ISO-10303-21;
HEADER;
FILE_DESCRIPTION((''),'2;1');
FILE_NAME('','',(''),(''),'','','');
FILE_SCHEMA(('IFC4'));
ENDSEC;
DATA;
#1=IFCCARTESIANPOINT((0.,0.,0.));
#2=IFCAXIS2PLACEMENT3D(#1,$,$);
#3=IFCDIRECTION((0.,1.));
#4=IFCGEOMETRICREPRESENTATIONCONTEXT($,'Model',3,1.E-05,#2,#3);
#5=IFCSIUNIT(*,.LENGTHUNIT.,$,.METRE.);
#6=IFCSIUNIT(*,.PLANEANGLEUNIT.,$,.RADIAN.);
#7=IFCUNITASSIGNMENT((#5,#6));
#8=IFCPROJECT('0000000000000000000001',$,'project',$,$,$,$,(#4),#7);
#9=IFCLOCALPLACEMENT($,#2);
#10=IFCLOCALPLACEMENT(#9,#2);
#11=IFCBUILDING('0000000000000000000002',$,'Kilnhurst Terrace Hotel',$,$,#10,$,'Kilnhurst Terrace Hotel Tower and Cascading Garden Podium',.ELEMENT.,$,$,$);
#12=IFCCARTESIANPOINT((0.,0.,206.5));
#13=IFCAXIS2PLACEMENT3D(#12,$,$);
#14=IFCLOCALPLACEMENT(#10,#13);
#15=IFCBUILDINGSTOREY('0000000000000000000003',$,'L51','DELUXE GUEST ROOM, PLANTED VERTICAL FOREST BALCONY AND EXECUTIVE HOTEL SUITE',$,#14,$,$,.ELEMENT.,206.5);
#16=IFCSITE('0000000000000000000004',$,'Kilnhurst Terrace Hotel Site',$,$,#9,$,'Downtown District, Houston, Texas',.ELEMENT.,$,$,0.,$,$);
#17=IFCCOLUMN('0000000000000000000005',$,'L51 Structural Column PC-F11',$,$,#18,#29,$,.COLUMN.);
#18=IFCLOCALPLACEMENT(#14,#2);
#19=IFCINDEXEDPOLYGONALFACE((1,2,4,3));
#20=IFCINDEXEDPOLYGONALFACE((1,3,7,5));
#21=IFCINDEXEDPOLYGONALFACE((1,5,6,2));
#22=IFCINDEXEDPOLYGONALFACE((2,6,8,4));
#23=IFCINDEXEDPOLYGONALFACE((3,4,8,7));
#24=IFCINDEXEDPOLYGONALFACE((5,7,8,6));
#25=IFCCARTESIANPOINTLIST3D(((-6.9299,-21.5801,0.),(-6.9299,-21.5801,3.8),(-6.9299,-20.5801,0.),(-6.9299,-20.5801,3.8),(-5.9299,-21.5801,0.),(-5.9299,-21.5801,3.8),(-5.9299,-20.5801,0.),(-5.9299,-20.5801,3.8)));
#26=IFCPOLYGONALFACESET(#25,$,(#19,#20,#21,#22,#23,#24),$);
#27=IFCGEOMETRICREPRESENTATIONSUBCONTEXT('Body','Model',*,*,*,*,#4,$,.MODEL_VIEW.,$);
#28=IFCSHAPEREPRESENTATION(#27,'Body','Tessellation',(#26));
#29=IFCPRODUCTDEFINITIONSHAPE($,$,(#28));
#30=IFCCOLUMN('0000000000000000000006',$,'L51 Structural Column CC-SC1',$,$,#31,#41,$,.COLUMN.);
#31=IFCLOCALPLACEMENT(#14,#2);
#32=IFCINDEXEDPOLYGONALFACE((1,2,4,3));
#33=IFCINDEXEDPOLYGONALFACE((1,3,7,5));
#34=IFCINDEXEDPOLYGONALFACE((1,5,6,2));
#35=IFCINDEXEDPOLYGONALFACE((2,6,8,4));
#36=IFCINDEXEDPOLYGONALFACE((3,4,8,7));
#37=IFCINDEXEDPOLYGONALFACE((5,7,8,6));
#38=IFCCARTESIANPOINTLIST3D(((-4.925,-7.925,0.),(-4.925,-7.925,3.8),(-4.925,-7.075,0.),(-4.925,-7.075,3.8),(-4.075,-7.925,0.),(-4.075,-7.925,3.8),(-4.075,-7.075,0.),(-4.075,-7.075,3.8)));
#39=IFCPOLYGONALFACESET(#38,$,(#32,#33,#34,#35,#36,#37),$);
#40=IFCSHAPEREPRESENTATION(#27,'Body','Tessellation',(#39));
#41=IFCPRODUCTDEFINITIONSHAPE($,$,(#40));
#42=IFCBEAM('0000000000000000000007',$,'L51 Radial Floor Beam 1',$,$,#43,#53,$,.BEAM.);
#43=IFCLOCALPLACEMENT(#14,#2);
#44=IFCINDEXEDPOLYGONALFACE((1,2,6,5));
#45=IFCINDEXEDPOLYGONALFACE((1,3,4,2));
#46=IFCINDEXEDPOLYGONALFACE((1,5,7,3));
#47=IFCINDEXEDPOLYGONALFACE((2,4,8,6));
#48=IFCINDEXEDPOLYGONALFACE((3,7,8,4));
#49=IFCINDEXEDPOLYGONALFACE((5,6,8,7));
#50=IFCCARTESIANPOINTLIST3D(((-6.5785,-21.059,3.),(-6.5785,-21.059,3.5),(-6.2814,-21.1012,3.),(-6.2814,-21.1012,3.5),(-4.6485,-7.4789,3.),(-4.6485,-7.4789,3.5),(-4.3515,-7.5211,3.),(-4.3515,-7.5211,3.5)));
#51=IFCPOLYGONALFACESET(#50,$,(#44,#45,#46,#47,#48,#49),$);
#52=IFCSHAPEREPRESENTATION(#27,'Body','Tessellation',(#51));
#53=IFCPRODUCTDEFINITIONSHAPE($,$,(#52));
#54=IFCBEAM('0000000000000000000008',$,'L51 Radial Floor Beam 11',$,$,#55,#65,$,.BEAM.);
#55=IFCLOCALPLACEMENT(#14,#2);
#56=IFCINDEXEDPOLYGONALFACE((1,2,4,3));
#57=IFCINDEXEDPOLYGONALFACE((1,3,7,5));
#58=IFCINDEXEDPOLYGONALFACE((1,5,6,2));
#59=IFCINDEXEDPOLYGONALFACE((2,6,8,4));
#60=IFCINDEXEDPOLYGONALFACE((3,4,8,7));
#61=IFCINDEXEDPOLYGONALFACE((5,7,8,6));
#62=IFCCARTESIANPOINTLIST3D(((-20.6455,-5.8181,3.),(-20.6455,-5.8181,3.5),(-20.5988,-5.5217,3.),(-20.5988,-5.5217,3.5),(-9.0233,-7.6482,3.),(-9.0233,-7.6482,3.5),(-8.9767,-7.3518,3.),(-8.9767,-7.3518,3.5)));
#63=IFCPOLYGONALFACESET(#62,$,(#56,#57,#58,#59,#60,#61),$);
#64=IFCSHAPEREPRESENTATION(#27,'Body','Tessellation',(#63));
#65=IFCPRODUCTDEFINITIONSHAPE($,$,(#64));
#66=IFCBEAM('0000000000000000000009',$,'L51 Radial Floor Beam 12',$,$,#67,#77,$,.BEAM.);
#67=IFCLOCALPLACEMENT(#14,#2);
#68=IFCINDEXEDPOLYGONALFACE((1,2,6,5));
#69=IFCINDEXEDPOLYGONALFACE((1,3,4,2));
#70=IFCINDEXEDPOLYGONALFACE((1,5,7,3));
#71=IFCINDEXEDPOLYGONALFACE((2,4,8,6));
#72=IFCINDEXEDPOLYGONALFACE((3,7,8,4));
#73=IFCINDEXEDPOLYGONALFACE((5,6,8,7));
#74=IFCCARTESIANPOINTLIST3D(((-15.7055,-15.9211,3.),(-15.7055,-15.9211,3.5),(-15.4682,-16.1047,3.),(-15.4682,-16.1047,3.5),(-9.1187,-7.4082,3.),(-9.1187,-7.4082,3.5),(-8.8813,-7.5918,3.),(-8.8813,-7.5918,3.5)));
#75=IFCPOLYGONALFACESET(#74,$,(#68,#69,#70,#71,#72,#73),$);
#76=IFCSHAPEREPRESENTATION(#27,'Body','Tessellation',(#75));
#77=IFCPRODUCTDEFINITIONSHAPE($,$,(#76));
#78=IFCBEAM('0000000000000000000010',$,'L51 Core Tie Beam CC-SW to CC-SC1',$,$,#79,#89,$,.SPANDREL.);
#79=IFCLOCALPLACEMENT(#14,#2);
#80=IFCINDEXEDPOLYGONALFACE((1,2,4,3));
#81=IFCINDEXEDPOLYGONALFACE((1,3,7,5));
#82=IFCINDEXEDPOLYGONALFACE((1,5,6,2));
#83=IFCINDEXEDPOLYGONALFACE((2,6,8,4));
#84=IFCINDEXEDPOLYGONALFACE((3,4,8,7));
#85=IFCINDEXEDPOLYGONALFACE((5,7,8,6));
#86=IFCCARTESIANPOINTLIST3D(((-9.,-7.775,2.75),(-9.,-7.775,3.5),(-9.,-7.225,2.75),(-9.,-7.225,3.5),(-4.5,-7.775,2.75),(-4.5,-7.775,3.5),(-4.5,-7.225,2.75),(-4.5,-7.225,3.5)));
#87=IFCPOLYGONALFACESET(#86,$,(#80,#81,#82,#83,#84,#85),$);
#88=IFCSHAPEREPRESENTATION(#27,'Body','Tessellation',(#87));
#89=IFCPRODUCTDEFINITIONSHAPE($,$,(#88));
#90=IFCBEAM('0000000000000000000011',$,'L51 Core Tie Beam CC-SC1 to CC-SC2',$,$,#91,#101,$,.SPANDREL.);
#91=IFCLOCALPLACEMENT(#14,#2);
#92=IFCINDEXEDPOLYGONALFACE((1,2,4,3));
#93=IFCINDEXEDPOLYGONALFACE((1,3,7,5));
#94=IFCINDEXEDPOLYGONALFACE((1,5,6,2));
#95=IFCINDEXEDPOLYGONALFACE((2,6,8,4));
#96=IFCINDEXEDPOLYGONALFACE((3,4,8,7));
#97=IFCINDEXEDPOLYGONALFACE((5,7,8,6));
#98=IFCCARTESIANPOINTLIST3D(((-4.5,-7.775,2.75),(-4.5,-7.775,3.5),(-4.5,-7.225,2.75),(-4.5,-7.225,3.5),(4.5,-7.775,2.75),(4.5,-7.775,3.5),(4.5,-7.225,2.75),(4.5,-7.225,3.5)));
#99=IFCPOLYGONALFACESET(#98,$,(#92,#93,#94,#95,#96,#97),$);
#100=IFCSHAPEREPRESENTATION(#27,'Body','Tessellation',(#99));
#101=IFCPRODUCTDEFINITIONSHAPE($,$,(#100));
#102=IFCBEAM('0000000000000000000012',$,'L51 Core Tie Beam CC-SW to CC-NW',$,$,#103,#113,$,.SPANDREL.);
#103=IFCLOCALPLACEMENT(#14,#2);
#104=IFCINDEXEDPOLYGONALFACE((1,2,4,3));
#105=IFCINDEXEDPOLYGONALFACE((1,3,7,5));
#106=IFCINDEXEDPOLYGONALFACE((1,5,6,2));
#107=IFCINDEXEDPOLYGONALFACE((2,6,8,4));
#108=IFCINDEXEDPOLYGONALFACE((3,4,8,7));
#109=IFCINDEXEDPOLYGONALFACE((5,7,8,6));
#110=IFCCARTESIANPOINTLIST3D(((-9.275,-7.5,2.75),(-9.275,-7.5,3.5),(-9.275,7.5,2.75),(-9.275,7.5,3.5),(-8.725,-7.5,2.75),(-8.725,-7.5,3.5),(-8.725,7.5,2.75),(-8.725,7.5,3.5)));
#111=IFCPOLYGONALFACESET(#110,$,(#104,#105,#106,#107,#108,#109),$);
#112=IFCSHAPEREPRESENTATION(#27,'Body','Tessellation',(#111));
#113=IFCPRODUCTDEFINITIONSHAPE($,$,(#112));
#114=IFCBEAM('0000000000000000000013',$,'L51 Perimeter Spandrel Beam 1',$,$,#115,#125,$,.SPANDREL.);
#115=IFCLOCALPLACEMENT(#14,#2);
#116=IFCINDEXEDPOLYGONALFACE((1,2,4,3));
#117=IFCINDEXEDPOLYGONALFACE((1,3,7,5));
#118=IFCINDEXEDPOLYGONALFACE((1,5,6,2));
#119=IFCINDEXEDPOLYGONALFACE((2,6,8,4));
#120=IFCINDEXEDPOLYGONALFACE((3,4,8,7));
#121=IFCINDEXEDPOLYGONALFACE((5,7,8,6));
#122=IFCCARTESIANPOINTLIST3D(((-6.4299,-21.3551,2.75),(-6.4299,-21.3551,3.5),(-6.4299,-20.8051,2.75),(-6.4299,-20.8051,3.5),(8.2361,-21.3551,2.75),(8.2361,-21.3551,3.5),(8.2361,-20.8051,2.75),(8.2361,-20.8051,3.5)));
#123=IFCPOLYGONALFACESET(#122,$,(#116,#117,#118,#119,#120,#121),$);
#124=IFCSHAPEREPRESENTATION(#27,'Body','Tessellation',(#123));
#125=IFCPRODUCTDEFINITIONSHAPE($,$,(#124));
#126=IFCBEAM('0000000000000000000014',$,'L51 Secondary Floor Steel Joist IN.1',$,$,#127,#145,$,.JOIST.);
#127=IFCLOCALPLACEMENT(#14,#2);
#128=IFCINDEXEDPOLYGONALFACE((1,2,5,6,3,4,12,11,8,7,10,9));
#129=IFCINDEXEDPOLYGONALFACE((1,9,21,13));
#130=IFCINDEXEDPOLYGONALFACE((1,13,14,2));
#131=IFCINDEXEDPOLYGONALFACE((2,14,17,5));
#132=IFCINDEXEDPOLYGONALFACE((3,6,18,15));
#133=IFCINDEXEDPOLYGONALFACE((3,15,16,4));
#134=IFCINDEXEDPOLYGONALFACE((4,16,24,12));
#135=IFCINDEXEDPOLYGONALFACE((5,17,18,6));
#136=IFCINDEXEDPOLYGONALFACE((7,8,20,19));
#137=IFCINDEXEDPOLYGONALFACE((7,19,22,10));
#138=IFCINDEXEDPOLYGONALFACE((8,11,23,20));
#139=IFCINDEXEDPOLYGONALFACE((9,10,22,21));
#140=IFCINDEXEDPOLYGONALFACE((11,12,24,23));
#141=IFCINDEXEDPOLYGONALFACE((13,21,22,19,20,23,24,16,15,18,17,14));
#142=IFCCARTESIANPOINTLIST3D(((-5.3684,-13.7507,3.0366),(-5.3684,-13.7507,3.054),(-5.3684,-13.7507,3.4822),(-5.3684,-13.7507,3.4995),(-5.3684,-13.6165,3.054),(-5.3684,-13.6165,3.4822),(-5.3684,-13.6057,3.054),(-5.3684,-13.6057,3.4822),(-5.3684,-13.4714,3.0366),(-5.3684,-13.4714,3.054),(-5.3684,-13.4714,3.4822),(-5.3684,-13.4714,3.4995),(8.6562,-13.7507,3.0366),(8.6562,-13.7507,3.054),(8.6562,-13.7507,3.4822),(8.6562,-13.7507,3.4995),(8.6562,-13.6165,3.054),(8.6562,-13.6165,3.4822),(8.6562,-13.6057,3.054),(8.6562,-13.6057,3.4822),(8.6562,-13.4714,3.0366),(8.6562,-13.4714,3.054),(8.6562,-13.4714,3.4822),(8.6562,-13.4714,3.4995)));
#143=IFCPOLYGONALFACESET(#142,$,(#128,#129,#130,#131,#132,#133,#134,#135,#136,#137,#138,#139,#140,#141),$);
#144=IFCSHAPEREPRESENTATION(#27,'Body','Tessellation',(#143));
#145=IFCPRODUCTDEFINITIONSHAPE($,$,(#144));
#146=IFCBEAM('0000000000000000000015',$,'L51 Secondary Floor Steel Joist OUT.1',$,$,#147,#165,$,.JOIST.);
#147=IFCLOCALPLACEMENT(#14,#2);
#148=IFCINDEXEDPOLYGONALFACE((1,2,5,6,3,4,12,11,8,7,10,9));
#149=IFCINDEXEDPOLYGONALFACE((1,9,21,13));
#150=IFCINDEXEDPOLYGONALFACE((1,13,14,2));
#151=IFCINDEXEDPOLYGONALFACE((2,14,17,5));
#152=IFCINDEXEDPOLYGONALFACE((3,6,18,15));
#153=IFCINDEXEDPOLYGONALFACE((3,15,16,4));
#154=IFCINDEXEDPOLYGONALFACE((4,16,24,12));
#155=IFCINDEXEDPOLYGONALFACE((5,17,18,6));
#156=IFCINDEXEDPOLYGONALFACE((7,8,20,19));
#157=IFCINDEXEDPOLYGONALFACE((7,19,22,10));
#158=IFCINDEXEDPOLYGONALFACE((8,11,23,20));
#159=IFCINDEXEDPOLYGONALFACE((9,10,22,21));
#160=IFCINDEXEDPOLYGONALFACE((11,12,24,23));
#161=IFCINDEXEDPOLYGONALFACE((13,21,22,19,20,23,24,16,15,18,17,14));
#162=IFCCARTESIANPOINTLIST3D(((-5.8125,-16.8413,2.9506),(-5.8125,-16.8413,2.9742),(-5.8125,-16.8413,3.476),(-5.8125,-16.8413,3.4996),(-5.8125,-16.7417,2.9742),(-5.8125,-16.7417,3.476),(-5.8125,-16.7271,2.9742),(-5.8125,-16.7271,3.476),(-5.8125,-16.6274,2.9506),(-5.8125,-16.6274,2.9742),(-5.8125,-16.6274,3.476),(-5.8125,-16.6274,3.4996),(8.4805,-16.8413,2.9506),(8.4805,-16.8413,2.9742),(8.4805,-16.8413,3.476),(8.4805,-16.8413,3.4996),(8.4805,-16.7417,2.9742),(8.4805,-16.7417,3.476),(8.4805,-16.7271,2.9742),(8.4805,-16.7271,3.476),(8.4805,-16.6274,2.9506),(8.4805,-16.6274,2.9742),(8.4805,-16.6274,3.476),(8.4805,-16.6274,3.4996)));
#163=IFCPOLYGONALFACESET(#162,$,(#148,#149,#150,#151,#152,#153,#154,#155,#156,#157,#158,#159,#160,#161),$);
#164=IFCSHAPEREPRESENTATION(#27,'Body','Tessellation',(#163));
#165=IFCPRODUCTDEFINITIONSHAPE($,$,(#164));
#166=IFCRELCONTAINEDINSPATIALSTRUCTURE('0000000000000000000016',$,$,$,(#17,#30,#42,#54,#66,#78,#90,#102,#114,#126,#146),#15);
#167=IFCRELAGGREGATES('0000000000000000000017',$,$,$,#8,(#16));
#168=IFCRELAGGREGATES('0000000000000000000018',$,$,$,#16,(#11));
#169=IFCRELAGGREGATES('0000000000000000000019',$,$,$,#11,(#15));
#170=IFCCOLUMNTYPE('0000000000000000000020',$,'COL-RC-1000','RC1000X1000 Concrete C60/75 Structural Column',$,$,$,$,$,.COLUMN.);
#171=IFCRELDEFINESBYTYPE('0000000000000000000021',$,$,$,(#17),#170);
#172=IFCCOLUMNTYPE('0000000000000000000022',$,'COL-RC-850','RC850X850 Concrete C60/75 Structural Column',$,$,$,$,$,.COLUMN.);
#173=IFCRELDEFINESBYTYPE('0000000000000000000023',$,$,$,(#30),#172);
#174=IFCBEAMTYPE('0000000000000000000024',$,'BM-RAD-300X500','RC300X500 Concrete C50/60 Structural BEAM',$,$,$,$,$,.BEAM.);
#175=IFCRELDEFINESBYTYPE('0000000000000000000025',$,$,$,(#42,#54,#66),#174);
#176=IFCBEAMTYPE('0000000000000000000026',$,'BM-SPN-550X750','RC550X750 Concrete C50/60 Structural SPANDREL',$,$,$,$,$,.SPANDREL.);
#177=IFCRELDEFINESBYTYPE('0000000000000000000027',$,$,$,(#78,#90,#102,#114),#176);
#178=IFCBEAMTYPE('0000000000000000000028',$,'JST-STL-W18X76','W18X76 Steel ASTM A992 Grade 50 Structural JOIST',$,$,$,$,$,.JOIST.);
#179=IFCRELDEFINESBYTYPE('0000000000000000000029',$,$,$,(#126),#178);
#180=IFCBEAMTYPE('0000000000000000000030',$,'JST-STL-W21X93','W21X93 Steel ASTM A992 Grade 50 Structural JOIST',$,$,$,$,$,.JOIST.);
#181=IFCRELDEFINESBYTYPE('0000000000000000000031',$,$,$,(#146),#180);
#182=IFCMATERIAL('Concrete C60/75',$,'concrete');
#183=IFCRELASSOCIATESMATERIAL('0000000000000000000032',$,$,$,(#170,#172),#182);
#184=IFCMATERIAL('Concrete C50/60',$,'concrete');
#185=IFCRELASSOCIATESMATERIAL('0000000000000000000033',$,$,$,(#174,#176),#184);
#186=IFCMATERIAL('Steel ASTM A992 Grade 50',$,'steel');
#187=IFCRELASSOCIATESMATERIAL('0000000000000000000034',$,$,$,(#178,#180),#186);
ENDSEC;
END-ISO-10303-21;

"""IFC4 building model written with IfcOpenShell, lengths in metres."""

from ifc_helpers import new_model, si_unit, direction, frame, origin, origin_2d, place, context, subcontext, project, spatial, rectangle, i_section, extrude, material, material_profile, profile_set, type_object, element, save


model = new_model("IFC4")

# Units and contexts
model_context = context("Model", 3, precision=1e-05, world=origin(), true_north=direction((0.0, 1.0)))
body_context = subcontext(model_context, "Body", "Model", "MODEL_VIEW")
ifc_project = project(units=[si_unit("LENGTHUNIT", "METRE"), si_unit("PLANEANGLEUNIT", "RADIAN")], contexts=[model_context])

# Site, building, storey
site_placement = place(None, origin())
site = spatial("IfcSite", under=ifc_project, at=site_placement, Name="Kilnhurst Terrace Hotel Site", LongName="Downtown District, Houston, Texas", CompositionType="ELEMENT", RefElevation=0.0)
building_placement = place(site_placement, origin())
building = spatial("IfcBuilding", under=site, at=building_placement, Name="Kilnhurst Terrace Hotel", LongName="Kilnhurst Terrace Hotel Tower and Cascading Garden Podium", CompositionType="ELEMENT")
storey_placement = place(building_placement, frame((0.0, 0.0, 206.5)))
storey = spatial("IfcBuildingStorey", under=building, at=storey_placement, Name="L51", Description="DELUXE GUEST ROOM, PLANTED VERTICAL FOREST BALCONY AND EXECUTIVE HOTEL SUITE", CompositionType="ELEMENT", Elevation=206.5)

# Columns
ifc_material_1 = material(Name="Concrete C60/75", Category="concrete")
ifc_material_profile_1 = material_profile(ifc_material_1, rectangle(XDim=1.0, YDim=1.0, at=origin_2d()), Name="RC1000X1000")
ifc_profile_set_1 = profile_set([ifc_material_profile_1], Name="Concrete C60/75")
column_type_1 = type_object("IfcColumnType", Name="COL-RC-1000", Description="RC1000X1000 Concrete C60/75 Structural Column", PredefinedType="COLUMN", material=ifc_profile_set_1)
column_1_placement = place(storey_placement, frame((-6.4299, -21.0801, 0.0), z_axis=(0.0, 0.0, 1.0), x_axis=(1.0, 0.0, 0.0)))
element("IfcColumn", 1, at=column_1_placement, inside=storey, type_object=column_type_1, Name="L51 Structural Column PC-F11", PredefinedType="COLUMN", context=body_context, shape_type="SweptSolid", body=[
    extrude(rectangle(XDim=1.0, YDim=1.0, at=origin_2d()), origin(), (0.0, 0.0, 1.0), 3.8),
])
ifc_material_profile_2 = material_profile(ifc_material_1, rectangle(XDim=0.8501, YDim=0.8501, at=origin_2d()), Name="RC850X850")
ifc_profile_set_2 = profile_set([ifc_material_profile_2], Name="Concrete C60/75")
column_type_2 = type_object("IfcColumnType", Name="COL-RC-850", Description="RC850X850 Concrete C60/75 Structural Column", PredefinedType="COLUMN", material=ifc_profile_set_2)
column_2_placement = place(storey_placement, frame((-4.5, -7.5, 0.0), z_axis=(0.0, 0.0, 1.0), x_axis=(1.0, 0.0, 0.0)))
element("IfcColumn", 2, at=column_2_placement, inside=storey, type_object=column_type_2, Name="L51 Structural Column CC-SC1", PredefinedType="COLUMN", context=body_context, shape_type="SweptSolid", body=[
    extrude(rectangle(XDim=0.8501, YDim=0.8501, at=origin_2d()), origin(), (0.0, 0.0, 1.0), 3.8),
])

# Beams
ifc_material_2 = material(Name="Concrete C50/60", Category="concrete")
ifc_material_profile_3 = material_profile(ifc_material_2, rectangle(XDim=0.3, YDim=0.5, at=origin_2d()), Name="RC300X500")
ifc_profile_set_3 = profile_set([ifc_material_profile_3], Name="Concrete C50/60")
beam_type_1 = type_object("IfcBeamType", Name="BM-RAD-300X500", Description="RC300X500 Concrete C50/60 Structural BEAM", PredefinedType="BEAM", material=ifc_profile_set_3)
beam_1_placement = place(storey_placement, frame((-4.5, -7.5, 3.25), z_axis=(-0.140701, -0.990052, 0.0), x_axis=(0.990052, -0.140701, 0.0)))
element("IfcBeam", 3, at=beam_1_placement, inside=storey, type_object=beam_type_1, Name="L51 Radial Floor Beam 1", PredefinedType="BEAM", context=body_context, shape_type="SweptSolid", body=[
    extrude(rectangle(XDim=0.3, YDim=0.5, at=origin_2d()), origin(), (0.0, 0.0, 1.0), 13.7166),
])
beam_2_placement = place(storey_placement, frame((-9.0, -7.5, 3.25), z_axis=(-0.987828, 0.155549, 0.0), x_axis=(-0.155549, -0.987828, 0.0)))
element("IfcBeam", 4, at=beam_2_placement, inside=storey, type_object=beam_type_1, Name="L51 Radial Floor Beam 11", PredefinedType="BEAM", context=body_context, shape_type="SweptSolid", body=[
    extrude(rectangle(XDim=0.3, YDim=0.5, at=origin_2d()), origin(), (0.0, 0.0, 1.0), 11.7654),
])
beam_3_placement = place(storey_placement, frame((-9.0, -7.5, 3.25), z_axis=(-0.611955, -0.790892, 0.0), x_axis=(0.790892, -0.611955, 0.0)))
element("IfcBeam", 5, at=beam_3_placement, inside=storey, type_object=beam_type_1, Name="L51 Radial Floor Beam 12", PredefinedType="BEAM", context=body_context, shape_type="SweptSolid", body=[
    extrude(rectangle(XDim=0.3, YDim=0.5, at=origin_2d()), origin(), (0.0, 0.0, 1.0), 10.7637),
])
ifc_material_profile_4 = material_profile(ifc_material_2, rectangle(XDim=0.55, YDim=0.75, at=origin_2d()), Name="RC550X750")
ifc_profile_set_4 = profile_set([ifc_material_profile_4], Name="Concrete C50/60")
beam_type_2 = type_object("IfcBeamType", Name="BM-SPN-550X750", Description="RC550X750 Concrete C50/60 Structural SPANDREL", PredefinedType="SPANDREL", material=ifc_profile_set_4)
beam_4_placement = place(storey_placement, frame((-9.0, -7.5, 3.125), z_axis=(1.0, 0.0, 0.0), x_axis=(0.0, 1.0, 0.0)))
element("IfcBeam", 6, at=beam_4_placement, inside=storey, type_object=beam_type_2, Name="L51 Core Tie Beam CC-SW to CC-SC1", PredefinedType="SPANDREL", context=body_context, shape_type="SweptSolid", body=[
    extrude(rectangle(XDim=0.55, YDim=0.75, at=origin_2d()), origin(), (0.0, 0.0, 1.0), 4.5),
])
beam_5_placement = place(storey_placement, frame((-4.5, -7.5, 3.125), z_axis=(1.0, 0.0, 0.0), x_axis=(0.0, 1.0, 0.0)))
element("IfcBeam", 7, at=beam_5_placement, inside=storey, type_object=beam_type_2, Name="L51 Core Tie Beam CC-SC1 to CC-SC2", PredefinedType="SPANDREL", context=body_context, shape_type="SweptSolid", body=[
    extrude(rectangle(XDim=0.55, YDim=0.75, at=origin_2d()), origin(), (0.0, 0.0, 1.0), 9.0),
])
beam_6_placement = place(storey_placement, frame((-9.0, -7.5, 3.125), z_axis=(0.0, 1.0, 0.0), x_axis=(-1.0, 0.0, 0.0)))
element("IfcBeam", 8, at=beam_6_placement, inside=storey, type_object=beam_type_2, Name="L51 Core Tie Beam CC-SW to CC-NW", PredefinedType="SPANDREL", context=body_context, shape_type="SweptSolid", body=[
    extrude(rectangle(XDim=0.55, YDim=0.75, at=origin_2d()), origin(), (0.0, 0.0, 1.0), 15.0),
])
beam_7_placement = place(storey_placement, frame((-6.4299, -21.0801, 3.125), z_axis=(1.0, 0.0, 0.0), x_axis=(0.0, 1.0, 0.0)))
element("IfcBeam", 9, at=beam_7_placement, inside=storey, type_object=beam_type_2, Name="L51 Perimeter Spandrel Beam 1", PredefinedType="SPANDREL", context=body_context, shape_type="SweptSolid", body=[
    extrude(rectangle(XDim=0.55, YDim=0.75, at=origin_2d()), origin(), (0.0, 0.0, 1.0), 14.666),
])
ifc_material_3 = material(Name="Steel ASTM A992 Grade 50", Category="steel")
ifc_material_profile_5 = material_profile(ifc_material_3, i_section(OverallWidth=0.2793, OverallDepth=0.4629, WebThickness=0.0107, FlangeThickness=0.0173, at=origin_2d()), Name="W18X76")
ifc_profile_set_5 = profile_set([ifc_material_profile_5], Name="Steel ASTM A992 Grade 50")
beam_type_3 = type_object("IfcBeamType", Name="JST-STL-W18X76", Description="W18X76 Steel ASTM A992 Grade 50 Structural JOIST", PredefinedType="JOIST", material=ifc_profile_set_5)
beam_8_placement = place(storey_placement, frame((-5.3684, -13.6111, 3.2681), z_axis=(1.0, 0.0, 0.0), x_axis=(0.0, 1.0, 0.0)))
element("IfcBeam", 10, at=beam_8_placement, inside=storey, type_object=beam_type_3, Name="L51 Secondary Floor Steel Joist IN.1", PredefinedType="JOIST", context=body_context, shape_type="SweptSolid", body=[
    extrude(i_section(OverallWidth=0.2793, OverallDepth=0.4629, WebThickness=0.0107, FlangeThickness=0.0173, at=origin_2d()), origin(), (0.0, 0.0, 1.0), 14.0247),
])
ifc_material_profile_6 = material_profile(ifc_material_3, i_section(OverallWidth=0.2139, OverallDepth=0.5491, WebThickness=0.0146, FlangeThickness=0.0237, at=origin_2d()), Name="W21X93")
ifc_profile_set_6 = profile_set([ifc_material_profile_6], Name="Steel ASTM A992 Grade 50")
beam_type_4 = type_object("IfcBeamType", Name="JST-STL-W21X93", Description="W21X93 Steel ASTM A992 Grade 50 Structural JOIST", PredefinedType="JOIST", material=ifc_profile_set_6)
beam_9_placement = place(storey_placement, frame((-5.8125, -16.7344, 3.2251), z_axis=(1.0, 0.0, 0.0), x_axis=(0.0, 1.0, 0.0)))
element("IfcBeam", 11, at=beam_9_placement, inside=storey, type_object=beam_type_4, Name="L51 Secondary Floor Steel Joist OUT.1", PredefinedType="JOIST", context=body_context, shape_type="SweptSolid", body=[
    extrude(i_section(OverallWidth=0.2139, OverallDepth=0.5491, WebThickness=0.0146, FlangeThickness=0.0237, at=origin_2d()), origin(), (0.0, 0.0, 1.0), 14.293),
])

save(model, "model.ifc")
